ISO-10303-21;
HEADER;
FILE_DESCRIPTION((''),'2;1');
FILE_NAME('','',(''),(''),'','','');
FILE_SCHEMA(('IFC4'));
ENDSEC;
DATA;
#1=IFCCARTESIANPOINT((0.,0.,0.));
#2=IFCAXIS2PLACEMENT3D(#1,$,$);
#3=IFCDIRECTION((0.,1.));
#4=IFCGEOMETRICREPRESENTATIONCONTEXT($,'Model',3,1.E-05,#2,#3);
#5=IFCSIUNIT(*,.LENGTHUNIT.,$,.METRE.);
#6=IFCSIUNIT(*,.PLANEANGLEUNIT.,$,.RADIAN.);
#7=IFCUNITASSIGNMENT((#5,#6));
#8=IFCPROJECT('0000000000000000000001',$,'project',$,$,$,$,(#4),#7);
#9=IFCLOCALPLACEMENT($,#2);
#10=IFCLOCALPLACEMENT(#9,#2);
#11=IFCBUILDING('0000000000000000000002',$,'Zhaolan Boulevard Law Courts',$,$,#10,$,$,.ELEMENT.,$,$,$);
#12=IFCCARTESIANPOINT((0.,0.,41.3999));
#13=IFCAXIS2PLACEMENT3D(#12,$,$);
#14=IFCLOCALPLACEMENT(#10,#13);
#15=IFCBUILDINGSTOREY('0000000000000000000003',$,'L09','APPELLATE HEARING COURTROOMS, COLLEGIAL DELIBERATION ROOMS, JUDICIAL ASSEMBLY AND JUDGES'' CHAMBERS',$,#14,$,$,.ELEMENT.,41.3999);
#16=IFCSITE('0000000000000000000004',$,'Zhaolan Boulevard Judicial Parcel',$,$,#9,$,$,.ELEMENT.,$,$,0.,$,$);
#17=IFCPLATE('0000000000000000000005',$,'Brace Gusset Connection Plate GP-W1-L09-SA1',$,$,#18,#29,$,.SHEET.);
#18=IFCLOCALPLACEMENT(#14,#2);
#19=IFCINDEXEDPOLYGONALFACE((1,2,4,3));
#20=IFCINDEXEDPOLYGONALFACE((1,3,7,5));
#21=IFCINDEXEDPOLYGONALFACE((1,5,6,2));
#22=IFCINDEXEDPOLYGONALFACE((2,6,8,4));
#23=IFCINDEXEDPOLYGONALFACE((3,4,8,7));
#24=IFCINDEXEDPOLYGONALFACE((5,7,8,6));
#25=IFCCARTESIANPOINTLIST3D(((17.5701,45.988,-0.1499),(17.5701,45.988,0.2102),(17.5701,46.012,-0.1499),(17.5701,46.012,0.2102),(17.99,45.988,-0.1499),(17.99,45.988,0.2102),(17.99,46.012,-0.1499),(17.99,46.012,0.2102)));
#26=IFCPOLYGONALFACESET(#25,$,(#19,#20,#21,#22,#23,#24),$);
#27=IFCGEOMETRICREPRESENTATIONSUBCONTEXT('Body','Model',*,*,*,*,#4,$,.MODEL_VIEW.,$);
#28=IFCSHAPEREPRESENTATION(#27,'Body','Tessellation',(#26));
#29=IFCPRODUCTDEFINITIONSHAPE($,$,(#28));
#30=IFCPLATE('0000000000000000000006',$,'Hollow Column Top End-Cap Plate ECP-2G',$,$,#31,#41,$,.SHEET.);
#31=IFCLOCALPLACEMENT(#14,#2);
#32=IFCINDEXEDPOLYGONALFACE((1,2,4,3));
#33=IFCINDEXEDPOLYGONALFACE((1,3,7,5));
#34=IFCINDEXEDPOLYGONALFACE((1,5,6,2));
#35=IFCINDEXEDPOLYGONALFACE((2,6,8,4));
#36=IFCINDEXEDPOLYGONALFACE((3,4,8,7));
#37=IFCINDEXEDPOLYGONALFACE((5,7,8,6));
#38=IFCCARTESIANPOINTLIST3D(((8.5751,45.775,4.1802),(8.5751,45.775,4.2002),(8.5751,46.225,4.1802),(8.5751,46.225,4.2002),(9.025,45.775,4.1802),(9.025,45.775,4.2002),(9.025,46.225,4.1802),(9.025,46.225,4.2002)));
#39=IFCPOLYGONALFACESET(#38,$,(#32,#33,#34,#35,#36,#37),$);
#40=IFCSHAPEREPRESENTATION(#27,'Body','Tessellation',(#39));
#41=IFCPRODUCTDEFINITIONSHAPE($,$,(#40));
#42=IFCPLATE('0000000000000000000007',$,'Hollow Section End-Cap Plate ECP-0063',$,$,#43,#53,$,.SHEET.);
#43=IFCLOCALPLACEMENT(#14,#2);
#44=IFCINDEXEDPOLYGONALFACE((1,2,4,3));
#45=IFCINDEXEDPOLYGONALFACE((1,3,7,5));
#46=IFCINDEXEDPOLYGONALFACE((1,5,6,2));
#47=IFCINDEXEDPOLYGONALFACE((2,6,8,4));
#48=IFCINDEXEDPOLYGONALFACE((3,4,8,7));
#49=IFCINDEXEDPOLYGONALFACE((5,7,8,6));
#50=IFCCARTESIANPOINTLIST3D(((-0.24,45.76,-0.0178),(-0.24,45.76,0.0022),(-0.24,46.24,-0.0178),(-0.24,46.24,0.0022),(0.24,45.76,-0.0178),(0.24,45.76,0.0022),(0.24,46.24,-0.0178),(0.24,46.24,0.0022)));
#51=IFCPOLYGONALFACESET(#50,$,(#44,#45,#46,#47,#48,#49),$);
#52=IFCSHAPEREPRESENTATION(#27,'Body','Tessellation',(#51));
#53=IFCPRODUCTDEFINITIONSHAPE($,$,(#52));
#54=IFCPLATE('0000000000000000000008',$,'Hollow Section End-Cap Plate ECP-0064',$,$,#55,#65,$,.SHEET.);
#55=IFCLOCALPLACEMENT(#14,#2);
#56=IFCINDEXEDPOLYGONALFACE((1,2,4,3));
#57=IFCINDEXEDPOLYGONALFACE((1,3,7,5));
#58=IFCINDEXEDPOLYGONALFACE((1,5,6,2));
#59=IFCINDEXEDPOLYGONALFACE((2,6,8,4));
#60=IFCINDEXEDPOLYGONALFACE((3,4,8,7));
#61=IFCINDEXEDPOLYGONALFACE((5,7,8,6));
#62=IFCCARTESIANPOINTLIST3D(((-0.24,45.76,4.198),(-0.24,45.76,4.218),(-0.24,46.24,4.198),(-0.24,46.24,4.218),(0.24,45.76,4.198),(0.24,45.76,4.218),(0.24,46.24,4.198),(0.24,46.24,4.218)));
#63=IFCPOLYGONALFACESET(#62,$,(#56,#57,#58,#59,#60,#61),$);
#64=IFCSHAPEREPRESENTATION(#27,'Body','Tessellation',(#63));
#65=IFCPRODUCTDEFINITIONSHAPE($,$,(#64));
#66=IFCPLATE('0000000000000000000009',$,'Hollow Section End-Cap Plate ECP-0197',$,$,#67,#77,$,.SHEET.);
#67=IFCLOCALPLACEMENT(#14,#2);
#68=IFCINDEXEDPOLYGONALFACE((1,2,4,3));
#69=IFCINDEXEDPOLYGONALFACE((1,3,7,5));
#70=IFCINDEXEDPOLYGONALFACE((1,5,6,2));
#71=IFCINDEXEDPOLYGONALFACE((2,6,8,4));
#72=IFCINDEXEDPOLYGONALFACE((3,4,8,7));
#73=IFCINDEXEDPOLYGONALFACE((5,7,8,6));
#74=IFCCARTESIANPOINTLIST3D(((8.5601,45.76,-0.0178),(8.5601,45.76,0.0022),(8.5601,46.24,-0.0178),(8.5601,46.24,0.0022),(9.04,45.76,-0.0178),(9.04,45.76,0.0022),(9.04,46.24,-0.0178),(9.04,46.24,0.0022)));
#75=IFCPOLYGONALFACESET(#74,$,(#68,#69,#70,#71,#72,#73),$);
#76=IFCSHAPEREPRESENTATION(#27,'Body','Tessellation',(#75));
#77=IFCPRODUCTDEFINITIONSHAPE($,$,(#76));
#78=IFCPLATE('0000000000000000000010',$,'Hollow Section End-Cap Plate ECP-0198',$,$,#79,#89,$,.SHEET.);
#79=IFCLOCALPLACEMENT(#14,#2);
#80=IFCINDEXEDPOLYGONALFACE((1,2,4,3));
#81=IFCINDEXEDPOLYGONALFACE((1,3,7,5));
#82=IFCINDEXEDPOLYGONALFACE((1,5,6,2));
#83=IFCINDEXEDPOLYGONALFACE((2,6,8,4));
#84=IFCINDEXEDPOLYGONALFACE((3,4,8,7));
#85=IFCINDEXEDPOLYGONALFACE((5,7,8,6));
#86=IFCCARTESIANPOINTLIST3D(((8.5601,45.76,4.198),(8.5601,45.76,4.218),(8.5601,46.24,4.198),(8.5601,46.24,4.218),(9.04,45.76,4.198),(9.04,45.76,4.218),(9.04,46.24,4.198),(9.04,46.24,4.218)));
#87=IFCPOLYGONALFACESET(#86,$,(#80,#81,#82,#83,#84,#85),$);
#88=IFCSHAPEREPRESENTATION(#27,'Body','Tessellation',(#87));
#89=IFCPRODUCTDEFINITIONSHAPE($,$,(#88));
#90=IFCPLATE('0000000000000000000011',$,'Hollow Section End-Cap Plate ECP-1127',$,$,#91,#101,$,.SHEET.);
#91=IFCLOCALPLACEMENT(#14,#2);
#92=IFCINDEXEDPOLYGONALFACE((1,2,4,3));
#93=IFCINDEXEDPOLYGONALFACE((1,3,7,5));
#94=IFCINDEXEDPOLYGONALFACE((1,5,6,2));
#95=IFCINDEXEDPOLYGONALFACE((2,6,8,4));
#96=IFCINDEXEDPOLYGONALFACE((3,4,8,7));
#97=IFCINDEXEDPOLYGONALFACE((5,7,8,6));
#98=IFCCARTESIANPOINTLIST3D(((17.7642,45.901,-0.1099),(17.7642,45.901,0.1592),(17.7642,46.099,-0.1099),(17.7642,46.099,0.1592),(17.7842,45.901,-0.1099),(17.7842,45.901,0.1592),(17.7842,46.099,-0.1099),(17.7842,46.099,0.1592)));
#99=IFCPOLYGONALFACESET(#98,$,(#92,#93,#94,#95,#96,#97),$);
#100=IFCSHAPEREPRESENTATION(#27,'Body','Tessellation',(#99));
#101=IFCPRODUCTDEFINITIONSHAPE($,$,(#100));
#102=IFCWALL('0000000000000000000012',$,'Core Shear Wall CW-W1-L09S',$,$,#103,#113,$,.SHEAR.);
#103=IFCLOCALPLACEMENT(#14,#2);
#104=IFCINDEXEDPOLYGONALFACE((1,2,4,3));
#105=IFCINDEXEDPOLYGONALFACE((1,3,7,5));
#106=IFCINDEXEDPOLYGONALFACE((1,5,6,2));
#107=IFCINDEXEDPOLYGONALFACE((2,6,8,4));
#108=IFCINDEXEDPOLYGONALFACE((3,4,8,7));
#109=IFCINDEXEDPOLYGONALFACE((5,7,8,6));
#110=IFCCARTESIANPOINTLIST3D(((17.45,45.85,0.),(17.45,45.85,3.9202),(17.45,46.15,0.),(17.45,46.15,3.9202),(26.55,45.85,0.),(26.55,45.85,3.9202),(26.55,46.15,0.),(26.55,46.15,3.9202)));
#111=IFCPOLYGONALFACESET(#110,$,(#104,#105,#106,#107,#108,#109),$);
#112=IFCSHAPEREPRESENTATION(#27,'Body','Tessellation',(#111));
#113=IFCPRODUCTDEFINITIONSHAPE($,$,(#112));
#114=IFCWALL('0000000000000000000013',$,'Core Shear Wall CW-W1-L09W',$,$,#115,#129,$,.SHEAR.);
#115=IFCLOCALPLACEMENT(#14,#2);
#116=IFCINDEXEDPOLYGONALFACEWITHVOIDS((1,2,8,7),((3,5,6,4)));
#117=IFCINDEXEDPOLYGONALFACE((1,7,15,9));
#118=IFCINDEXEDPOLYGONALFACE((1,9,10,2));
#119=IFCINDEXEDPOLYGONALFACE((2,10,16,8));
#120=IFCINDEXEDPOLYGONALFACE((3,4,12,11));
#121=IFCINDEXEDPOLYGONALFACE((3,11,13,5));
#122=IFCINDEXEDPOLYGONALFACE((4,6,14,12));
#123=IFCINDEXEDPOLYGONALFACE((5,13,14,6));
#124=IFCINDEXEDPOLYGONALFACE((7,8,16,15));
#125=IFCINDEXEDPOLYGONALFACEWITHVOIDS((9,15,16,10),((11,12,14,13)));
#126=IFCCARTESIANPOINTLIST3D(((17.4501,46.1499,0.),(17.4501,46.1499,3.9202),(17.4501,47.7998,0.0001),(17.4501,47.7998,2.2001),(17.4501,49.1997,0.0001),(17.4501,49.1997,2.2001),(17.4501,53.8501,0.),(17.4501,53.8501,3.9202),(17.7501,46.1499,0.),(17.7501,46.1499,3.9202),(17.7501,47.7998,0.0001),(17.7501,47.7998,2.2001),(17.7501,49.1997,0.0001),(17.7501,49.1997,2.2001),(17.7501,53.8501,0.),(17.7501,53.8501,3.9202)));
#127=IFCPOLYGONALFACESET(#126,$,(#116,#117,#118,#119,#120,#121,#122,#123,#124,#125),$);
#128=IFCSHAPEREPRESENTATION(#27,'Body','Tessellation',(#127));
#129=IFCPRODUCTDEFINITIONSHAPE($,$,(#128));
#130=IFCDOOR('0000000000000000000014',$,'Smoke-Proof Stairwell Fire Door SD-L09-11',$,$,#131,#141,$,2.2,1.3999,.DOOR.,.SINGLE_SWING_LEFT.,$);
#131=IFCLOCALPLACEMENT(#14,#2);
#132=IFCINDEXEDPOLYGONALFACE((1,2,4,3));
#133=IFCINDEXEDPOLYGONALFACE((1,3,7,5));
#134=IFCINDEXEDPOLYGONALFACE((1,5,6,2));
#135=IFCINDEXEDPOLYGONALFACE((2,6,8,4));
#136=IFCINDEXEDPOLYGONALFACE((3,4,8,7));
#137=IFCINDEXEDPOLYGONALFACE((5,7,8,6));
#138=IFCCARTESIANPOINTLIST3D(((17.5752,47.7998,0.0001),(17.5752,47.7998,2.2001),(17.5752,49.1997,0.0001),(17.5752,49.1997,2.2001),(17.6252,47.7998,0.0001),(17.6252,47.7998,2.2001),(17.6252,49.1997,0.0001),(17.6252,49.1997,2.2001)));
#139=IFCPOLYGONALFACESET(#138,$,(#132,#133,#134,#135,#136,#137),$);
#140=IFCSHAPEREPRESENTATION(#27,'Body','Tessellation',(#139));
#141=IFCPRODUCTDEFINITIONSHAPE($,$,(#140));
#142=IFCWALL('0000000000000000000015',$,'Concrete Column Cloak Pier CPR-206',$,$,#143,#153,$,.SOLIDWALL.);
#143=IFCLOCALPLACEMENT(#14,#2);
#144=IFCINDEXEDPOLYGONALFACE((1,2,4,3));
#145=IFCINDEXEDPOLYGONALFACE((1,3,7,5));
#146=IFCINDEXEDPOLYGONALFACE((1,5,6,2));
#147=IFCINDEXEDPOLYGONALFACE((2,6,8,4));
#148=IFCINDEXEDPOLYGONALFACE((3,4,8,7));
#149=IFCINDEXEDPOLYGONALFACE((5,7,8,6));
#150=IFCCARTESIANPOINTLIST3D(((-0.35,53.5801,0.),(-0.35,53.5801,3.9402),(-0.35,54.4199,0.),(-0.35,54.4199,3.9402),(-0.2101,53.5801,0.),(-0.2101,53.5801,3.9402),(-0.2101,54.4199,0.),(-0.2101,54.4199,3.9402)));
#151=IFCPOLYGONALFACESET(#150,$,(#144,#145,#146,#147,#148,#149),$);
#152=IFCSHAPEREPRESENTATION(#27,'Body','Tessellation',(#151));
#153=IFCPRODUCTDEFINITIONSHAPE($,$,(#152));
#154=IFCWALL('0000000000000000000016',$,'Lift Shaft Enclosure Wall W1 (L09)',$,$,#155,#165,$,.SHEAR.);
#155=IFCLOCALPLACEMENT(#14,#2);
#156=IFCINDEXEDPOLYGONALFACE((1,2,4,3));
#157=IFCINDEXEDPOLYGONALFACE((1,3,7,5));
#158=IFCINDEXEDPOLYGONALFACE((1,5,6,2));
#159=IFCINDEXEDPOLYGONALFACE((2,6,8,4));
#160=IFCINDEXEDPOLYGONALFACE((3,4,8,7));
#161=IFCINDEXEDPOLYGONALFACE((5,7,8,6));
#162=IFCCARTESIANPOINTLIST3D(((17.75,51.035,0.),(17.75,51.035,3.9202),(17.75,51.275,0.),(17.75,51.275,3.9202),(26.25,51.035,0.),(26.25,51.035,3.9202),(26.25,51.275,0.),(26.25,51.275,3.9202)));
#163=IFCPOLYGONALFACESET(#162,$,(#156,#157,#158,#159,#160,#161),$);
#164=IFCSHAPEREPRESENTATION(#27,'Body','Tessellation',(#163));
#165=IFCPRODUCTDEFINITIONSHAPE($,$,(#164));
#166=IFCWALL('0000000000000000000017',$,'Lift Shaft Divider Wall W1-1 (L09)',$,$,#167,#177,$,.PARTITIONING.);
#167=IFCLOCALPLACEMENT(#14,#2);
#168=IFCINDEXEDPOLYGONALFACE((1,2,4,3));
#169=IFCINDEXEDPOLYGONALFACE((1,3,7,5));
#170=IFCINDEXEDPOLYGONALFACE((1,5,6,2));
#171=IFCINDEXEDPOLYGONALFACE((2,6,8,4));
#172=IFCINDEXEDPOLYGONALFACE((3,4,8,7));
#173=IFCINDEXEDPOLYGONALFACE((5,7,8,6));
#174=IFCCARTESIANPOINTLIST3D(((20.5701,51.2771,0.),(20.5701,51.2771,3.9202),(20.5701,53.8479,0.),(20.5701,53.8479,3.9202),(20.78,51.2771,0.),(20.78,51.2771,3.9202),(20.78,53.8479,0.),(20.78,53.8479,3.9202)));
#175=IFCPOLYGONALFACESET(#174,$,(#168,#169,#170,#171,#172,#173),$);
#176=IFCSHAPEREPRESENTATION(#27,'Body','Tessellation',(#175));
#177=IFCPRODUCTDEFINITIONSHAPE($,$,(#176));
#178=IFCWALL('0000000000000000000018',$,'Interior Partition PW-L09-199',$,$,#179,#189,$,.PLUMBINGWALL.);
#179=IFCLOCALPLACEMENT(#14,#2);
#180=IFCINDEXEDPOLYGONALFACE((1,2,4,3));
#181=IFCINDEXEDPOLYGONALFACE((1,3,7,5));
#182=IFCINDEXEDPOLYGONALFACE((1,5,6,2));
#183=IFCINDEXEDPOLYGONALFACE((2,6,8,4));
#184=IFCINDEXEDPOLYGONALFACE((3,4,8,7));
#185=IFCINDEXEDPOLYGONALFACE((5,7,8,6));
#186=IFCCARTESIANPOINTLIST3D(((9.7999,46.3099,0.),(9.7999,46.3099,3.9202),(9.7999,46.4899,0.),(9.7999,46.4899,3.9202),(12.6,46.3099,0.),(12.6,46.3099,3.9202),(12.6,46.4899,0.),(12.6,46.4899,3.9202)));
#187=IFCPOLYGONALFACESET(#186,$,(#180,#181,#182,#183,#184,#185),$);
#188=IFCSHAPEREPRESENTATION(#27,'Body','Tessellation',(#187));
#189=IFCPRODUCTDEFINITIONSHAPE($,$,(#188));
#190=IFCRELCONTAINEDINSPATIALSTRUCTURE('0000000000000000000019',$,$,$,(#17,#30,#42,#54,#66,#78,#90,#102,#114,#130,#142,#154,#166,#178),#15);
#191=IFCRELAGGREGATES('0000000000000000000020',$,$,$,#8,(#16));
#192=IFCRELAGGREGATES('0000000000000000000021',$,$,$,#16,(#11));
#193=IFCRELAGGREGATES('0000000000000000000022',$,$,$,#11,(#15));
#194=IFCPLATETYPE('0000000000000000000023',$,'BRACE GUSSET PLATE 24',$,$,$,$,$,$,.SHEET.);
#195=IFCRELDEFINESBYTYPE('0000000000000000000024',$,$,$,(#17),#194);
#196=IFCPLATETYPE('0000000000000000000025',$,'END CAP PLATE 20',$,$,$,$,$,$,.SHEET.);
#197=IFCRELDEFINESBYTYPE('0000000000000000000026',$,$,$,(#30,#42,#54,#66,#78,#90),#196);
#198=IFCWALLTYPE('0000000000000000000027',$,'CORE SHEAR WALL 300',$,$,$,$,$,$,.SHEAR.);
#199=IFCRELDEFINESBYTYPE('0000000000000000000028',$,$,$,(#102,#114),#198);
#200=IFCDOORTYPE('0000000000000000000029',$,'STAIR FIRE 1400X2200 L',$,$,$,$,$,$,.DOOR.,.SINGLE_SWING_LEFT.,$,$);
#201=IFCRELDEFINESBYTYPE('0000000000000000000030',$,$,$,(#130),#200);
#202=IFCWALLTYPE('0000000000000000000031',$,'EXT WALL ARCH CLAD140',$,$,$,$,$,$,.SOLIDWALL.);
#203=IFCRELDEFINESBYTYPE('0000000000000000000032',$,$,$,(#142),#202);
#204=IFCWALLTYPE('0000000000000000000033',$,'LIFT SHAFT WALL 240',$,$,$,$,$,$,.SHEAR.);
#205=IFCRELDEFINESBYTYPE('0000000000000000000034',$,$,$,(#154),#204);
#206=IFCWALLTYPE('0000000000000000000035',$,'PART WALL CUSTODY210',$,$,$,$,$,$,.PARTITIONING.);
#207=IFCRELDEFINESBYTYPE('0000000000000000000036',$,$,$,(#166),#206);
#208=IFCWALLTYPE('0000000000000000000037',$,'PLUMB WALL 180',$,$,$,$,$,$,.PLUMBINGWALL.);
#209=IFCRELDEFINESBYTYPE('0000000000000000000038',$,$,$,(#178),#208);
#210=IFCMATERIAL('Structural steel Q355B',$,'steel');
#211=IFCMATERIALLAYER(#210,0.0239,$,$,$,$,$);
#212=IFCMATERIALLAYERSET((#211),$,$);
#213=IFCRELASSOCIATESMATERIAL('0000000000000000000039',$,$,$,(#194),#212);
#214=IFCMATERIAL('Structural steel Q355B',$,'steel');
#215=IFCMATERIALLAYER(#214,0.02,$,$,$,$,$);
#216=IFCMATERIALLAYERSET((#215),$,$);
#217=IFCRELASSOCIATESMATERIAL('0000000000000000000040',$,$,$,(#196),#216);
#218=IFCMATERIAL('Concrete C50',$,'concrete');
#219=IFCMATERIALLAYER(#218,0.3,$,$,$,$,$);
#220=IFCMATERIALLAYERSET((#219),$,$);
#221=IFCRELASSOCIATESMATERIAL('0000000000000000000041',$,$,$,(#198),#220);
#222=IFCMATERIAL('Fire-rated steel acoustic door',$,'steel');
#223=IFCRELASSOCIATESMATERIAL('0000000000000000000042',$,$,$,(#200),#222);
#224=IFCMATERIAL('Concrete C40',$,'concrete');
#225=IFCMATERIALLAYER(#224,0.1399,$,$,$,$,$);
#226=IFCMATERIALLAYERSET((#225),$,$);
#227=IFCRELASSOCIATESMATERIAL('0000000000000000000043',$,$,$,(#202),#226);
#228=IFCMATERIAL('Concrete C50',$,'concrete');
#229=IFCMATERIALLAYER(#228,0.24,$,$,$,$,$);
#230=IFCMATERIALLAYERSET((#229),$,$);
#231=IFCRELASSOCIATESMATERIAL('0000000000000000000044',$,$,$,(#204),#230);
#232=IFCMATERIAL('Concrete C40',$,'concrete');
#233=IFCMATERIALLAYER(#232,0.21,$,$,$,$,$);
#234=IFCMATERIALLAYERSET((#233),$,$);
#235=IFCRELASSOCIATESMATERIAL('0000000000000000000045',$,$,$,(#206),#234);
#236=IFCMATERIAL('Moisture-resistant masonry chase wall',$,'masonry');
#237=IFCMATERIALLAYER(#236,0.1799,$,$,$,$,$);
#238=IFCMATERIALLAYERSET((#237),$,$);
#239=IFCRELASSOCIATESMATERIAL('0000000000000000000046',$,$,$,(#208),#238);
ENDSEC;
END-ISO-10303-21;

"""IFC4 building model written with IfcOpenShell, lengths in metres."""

from ifc_helpers import new_model, si_unit, direction, frame, frame_2d, origin, origin_2d, place, context, subcontext, project, spatial, rectangle, extrude, material, layer, layer_set, type_object, element, fill, save


model = new_model("IFC4")

# Units and contexts
model_context = context("Model", 3, precision=1e-05, world=origin(), true_north=direction((0.0, 1.0)))
body_context = subcontext(model_context, "Body", "Model", "MODEL_VIEW")
ifc_project = project(units=[si_unit("LENGTHUNIT", "METRE"), si_unit("PLANEANGLEUNIT", "RADIAN")], contexts=[model_context])

# Site, building, storey
site_placement = place(None, origin())
site = spatial("IfcSite", under=ifc_project, at=site_placement, Name="Zhaolan Boulevard Judicial Parcel", CompositionType="ELEMENT", RefElevation=0.0)
building_placement = place(site_placement, origin())
building = spatial("IfcBuilding", under=site, at=building_placement, Name="Zhaolan Boulevard Law Courts", CompositionType="ELEMENT")
storey_placement = place(building_placement, frame((0.0, 0.0, 41.3999)))
storey = spatial("IfcBuildingStorey", under=building, at=storey_placement, Name="L09", Description="APPELLATE HEARING COURTROOMS, COLLEGIAL DELIBERATION ROOMS, JUDICIAL ASSEMBLY AND JUDGES' CHAMBERS", CompositionType="ELEMENT", Elevation=41.3999)

# Plates
ifc_material_1 = material(Name="Structural steel Q355B", Category="steel")
ifc_layer_1 = layer(ifc_material_1, 0.0239)
ifc_layer_set_1 = layer_set([ifc_layer_1])
plate_type_1 = type_object("IfcPlateType", Name="BRACE GUSSET PLATE 24", PredefinedType="SHEET", material=ifc_layer_set_1)
plate_1_placement = place(storey_placement, frame((17.78, 46.0, -0.1499), z_axis=(0.0, 0.0, 1.0), x_axis=(1.0, 0.0, 0.0)))
element("IfcPlate", 1, at=plate_1_placement, inside=storey, type_object=plate_type_1, Name="Brace Gusset Connection Plate GP-W1-L09-SA1", PredefinedType="SHEET", context=body_context, shape_type="SweptSolid", body=[
    extrude(rectangle(XDim=0.4199, YDim=0.0239, at=origin_2d()), origin(), (0.0, 0.0, 1.0), 0.3601),
])
ifc_material_2 = material(Name="Structural steel Q355B", Category="steel")
ifc_layer_2 = layer(ifc_material_2, 0.02)
ifc_layer_set_2 = layer_set([ifc_layer_2])
plate_type_2 = type_object("IfcPlateType", Name="END CAP PLATE 20", PredefinedType="SHEET", material=ifc_layer_set_2)
plate_2_placement = place(storey_placement, frame((8.8, 46.0, 4.1802), z_axis=(0.0, 0.0, 1.0), x_axis=(1.0, 0.0, 0.0)))
element("IfcPlate", 2, at=plate_2_placement, inside=storey, type_object=plate_type_2, Name="Hollow Column Top End-Cap Plate ECP-2G", PredefinedType="SHEET", context=body_context, shape_type="SweptSolid", body=[
    extrude(rectangle(XDim=0.45, YDim=0.45, at=origin_2d()), origin(), (0.0, 0.0, 1.0), 0.02),
])
for number, where, z_axis, x_axis, name in (
    (3, (0.0, 46.0, -0.0178), (0.0, 0.0, 1.0), (1.0, 0.0, 0.0), "Hollow Section End-Cap Plate ECP-0063"),
    (4, (0.0, 46.0, 4.198), (0.0, 0.0, 1.0), (1.0, 0.0, 0.0), "Hollow Section End-Cap Plate ECP-0064"),
    (5, (8.8, 46.0, -0.0178), (0.0, 0.0, 1.0), (1.0, 0.0, 0.0), "Hollow Section End-Cap Plate ECP-0197"),
    (6, (8.8, 46.0, 4.198), (0.0, 0.0, 1.0), (1.0, 0.0, 0.0), "Hollow Section End-Cap Plate ECP-0198"),
):
    element("IfcPlate", number, at=place(storey_placement, frame(where, z_axis=z_axis, x_axis=x_axis)), inside=storey, type_object=plate_type_2, Name=name, PredefinedType="SHEET", context=body_context, shape_type="SweptSolid", body=[
        extrude(rectangle(XDim=0.48, YDim=0.48, at=origin_2d()), origin(), (0.0, 0.0, 1.0), 0.02),
    ])
plate_3_placement = place(storey_placement, frame((17.7742, 46.0, -0.1099), z_axis=(0.0, 0.0, 1.0), x_axis=(1.0, 0.0, 0.0)))
element("IfcPlate", 7, at=plate_3_placement, inside=storey, type_object=plate_type_2, Name="Hollow Section End-Cap Plate ECP-1127", PredefinedType="SHEET", context=body_context, shape_type="SweptSolid", body=[
    extrude(rectangle(XDim=0.02, YDim=0.198, at=origin_2d()), origin(), (0.0, 0.0, 1.0), 0.269),
])

# Wall
ifc_material_3 = material(Name="Concrete C50", Category="concrete")
ifc_layer_3 = layer(ifc_material_3, 0.3)
ifc_layer_set_3 = layer_set([ifc_layer_3])
wall_type_1 = type_object("IfcWallType", Name="CORE SHEAR WALL 300", PredefinedType="SHEAR", material=ifc_layer_set_3)
wall_1_placement = place(storey_placement, frame((17.45, 46.0, 0.0), z_axis=(0.0, 0.0, 1.0), x_axis=(1.0, 0.0, 0.0)))
element("IfcWall", 8, at=wall_1_placement, inside=storey, type_object=wall_type_1, Name="Core Shear Wall CW-W1-L09S", PredefinedType="SHEAR", context=body_context, shape_type="SweptSolid", body=[
    extrude(rectangle(XDim=9.1001, YDim=0.3, at=frame_2d((4.55, 0.0))), origin(), (0.0, 0.0, 1.0), 3.9202),
])

# Wall, opening, door
wall_2_placement = place(storey_placement, frame((17.6001, 46.1499, 0.0), z_axis=(0.0, 0.0, 1.0), x_axis=(0.0, 1.0, 0.0)))
wall_2 = element("IfcWall", 9, at=wall_2_placement, inside=storey, type_object=wall_type_1, Name="Core Shear Wall CW-W1-L09W", PredefinedType="SHEAR", context=body_context, shape_type="SweptSolid", body=[
    extrude(rectangle(XDim=7.7002, YDim=0.3, at=frame_2d((3.8501, 0.0))), origin(), (0.0, 0.0, 1.0), 3.9202),
])
opening_1_placement = place(wall_2_placement, frame((1.6499, 0.0, 0.0)))
opening_1 = element("IfcOpeningElement", 10, at=opening_1_placement, cuts=wall_2, PredefinedType="OPENING", context=body_context, shape_type="SweptSolid", body=[
    extrude(rectangle(XDim=1.3999, YDim=2.2, at=frame_2d((0.7, 1.1001))), frame((0.0, 0.1599, 0.0), z_axis=(0.0, -1.0, 0.0), x_axis=(1.0, 0.0, 0.0)), (0.0, 0.0, 1.0), 0.3201),
])
ifc_material_4 = material(Name="Fire-rated steel acoustic door", Category="steel")
door_type_1 = type_object("IfcDoorType", Name="STAIR FIRE 1400X2200 L", OperationType="SINGLE_SWING_LEFT", PredefinedType="DOOR", material=ifc_material_4)
door_1_placement = place(opening_1_placement, origin())
door_1 = element("IfcDoor", 11, at=door_1_placement, inside=storey, type_object=door_type_1, Name="Smoke-Proof Stairwell Fire Door SD-L09-11", OperationType="SINGLE_SWING_LEFT", OverallHeight=2.2, OverallWidth=1.3999, PredefinedType="DOOR", context=body_context, shape_type="SweptSolid", body=[
    extrude(rectangle(XDim=1.3999, YDim=2.2, at=frame_2d((0.7, 1.1001))), frame((0.0, 0.0249, 0.0), z_axis=(0.0, -1.0, 0.0), x_axis=(1.0, 0.0, 0.0)), (0.0, 0.0, 1.0), 0.05),
])
fill(opening_1, door_1)

# Walls
ifc_material_5 = material(Name="Concrete C40", Category="concrete")
ifc_layer_4 = layer(ifc_material_5, 0.1399)
ifc_layer_set_4 = layer_set([ifc_layer_4])
wall_type_2 = type_object("IfcWallType", Name="EXT WALL ARCH CLAD140", PredefinedType="SOLIDWALL", material=ifc_layer_set_4)
wall_3_placement = place(storey_placement, frame((-0.28, 53.5801, 0.0), z_axis=(0.0, 0.0, 1.0), x_axis=(0.0, 1.0, 0.0)))
element("IfcWall", 12, at=wall_3_placement, inside=storey, type_object=wall_type_2, Name="Concrete Column Cloak Pier CPR-206", PredefinedType="SOLIDWALL", context=body_context, shape_type="SweptSolid", body=[
    extrude(rectangle(XDim=0.8398, YDim=0.1399, at=frame_2d((0.4199, 0.0))), origin(), (0.0, 0.0, 1.0), 3.9402),
])
ifc_material_6 = material(Name="Concrete C50", Category="concrete")
ifc_layer_5 = layer(ifc_material_6, 0.24)
ifc_layer_set_5 = layer_set([ifc_layer_5])
wall_type_3 = type_object("IfcWallType", Name="LIFT SHAFT WALL 240", PredefinedType="SHEAR", material=ifc_layer_set_5)
wall_4_placement = place(storey_placement, frame((17.75, 51.155, 0.0), z_axis=(0.0, 0.0, 1.0), x_axis=(1.0, 0.0, 0.0)))
element("IfcWall", 13, at=wall_4_placement, inside=storey, type_object=wall_type_3, Name="Lift Shaft Enclosure Wall W1 (L09)", PredefinedType="SHEAR", context=body_context, shape_type="SweptSolid", body=[
    extrude(rectangle(XDim=8.5, YDim=0.24, at=frame_2d((4.25, 0.0))), origin(), (0.0, 0.0, 1.0), 3.9202),
])
ifc_material_7 = material(Name="Concrete C40", Category="concrete")
ifc_layer_6 = layer(ifc_material_7, 0.21)
ifc_layer_set_6 = layer_set([ifc_layer_6])
wall_type_4 = type_object("IfcWallType", Name="PART WALL CUSTODY210", PredefinedType="PARTITIONING", material=ifc_layer_set_6)
wall_5_placement = place(storey_placement, frame((20.675, 51.2771, 0.0), z_axis=(0.0, 0.0, 1.0), x_axis=(0.0, 1.0, 0.0)))
element("IfcWall", 14, at=wall_5_placement, inside=storey, type_object=wall_type_4, Name="Lift Shaft Divider Wall W1-1 (L09)", PredefinedType="PARTITIONING", context=body_context, shape_type="SweptSolid", body=[
    extrude(rectangle(XDim=2.5708, YDim=0.21, at=frame_2d((1.2854, 0.0))), origin(), (0.0, 0.0, 1.0), 3.9202),
])
ifc_material_8 = material(Name="Moisture-resistant masonry chase wall", Category="masonry")
ifc_layer_7 = layer(ifc_material_8, 0.1799)
ifc_layer_set_7 = layer_set([ifc_layer_7])
wall_type_5 = type_object("IfcWallType", Name="PLUMB WALL 180", PredefinedType="PLUMBINGWALL", material=ifc_layer_set_7)
for number, where, z_axis, x_axis, name in (
    (15, (9.8, 46.3999, 0.0), (0.0, 0.0, 1.0), (1.0, 0.0, 0.0), "Interior Partition PW-L09-199"),
):
    element("IfcWall", number, at=place(storey_placement, frame(where, z_axis=z_axis, x_axis=x_axis)), inside=storey, type_object=wall_type_5, Name=name, PredefinedType="PLUMBINGWALL", context=body_context, shape_type="SweptSolid", body=[
        extrude(rectangle(XDim=2.8, YDim=0.1799, at=frame_2d((1.3999, 0.0))), origin(), (0.0, 0.0, 1.0), 3.9202),
    ])

save(model, "model.ifc")
